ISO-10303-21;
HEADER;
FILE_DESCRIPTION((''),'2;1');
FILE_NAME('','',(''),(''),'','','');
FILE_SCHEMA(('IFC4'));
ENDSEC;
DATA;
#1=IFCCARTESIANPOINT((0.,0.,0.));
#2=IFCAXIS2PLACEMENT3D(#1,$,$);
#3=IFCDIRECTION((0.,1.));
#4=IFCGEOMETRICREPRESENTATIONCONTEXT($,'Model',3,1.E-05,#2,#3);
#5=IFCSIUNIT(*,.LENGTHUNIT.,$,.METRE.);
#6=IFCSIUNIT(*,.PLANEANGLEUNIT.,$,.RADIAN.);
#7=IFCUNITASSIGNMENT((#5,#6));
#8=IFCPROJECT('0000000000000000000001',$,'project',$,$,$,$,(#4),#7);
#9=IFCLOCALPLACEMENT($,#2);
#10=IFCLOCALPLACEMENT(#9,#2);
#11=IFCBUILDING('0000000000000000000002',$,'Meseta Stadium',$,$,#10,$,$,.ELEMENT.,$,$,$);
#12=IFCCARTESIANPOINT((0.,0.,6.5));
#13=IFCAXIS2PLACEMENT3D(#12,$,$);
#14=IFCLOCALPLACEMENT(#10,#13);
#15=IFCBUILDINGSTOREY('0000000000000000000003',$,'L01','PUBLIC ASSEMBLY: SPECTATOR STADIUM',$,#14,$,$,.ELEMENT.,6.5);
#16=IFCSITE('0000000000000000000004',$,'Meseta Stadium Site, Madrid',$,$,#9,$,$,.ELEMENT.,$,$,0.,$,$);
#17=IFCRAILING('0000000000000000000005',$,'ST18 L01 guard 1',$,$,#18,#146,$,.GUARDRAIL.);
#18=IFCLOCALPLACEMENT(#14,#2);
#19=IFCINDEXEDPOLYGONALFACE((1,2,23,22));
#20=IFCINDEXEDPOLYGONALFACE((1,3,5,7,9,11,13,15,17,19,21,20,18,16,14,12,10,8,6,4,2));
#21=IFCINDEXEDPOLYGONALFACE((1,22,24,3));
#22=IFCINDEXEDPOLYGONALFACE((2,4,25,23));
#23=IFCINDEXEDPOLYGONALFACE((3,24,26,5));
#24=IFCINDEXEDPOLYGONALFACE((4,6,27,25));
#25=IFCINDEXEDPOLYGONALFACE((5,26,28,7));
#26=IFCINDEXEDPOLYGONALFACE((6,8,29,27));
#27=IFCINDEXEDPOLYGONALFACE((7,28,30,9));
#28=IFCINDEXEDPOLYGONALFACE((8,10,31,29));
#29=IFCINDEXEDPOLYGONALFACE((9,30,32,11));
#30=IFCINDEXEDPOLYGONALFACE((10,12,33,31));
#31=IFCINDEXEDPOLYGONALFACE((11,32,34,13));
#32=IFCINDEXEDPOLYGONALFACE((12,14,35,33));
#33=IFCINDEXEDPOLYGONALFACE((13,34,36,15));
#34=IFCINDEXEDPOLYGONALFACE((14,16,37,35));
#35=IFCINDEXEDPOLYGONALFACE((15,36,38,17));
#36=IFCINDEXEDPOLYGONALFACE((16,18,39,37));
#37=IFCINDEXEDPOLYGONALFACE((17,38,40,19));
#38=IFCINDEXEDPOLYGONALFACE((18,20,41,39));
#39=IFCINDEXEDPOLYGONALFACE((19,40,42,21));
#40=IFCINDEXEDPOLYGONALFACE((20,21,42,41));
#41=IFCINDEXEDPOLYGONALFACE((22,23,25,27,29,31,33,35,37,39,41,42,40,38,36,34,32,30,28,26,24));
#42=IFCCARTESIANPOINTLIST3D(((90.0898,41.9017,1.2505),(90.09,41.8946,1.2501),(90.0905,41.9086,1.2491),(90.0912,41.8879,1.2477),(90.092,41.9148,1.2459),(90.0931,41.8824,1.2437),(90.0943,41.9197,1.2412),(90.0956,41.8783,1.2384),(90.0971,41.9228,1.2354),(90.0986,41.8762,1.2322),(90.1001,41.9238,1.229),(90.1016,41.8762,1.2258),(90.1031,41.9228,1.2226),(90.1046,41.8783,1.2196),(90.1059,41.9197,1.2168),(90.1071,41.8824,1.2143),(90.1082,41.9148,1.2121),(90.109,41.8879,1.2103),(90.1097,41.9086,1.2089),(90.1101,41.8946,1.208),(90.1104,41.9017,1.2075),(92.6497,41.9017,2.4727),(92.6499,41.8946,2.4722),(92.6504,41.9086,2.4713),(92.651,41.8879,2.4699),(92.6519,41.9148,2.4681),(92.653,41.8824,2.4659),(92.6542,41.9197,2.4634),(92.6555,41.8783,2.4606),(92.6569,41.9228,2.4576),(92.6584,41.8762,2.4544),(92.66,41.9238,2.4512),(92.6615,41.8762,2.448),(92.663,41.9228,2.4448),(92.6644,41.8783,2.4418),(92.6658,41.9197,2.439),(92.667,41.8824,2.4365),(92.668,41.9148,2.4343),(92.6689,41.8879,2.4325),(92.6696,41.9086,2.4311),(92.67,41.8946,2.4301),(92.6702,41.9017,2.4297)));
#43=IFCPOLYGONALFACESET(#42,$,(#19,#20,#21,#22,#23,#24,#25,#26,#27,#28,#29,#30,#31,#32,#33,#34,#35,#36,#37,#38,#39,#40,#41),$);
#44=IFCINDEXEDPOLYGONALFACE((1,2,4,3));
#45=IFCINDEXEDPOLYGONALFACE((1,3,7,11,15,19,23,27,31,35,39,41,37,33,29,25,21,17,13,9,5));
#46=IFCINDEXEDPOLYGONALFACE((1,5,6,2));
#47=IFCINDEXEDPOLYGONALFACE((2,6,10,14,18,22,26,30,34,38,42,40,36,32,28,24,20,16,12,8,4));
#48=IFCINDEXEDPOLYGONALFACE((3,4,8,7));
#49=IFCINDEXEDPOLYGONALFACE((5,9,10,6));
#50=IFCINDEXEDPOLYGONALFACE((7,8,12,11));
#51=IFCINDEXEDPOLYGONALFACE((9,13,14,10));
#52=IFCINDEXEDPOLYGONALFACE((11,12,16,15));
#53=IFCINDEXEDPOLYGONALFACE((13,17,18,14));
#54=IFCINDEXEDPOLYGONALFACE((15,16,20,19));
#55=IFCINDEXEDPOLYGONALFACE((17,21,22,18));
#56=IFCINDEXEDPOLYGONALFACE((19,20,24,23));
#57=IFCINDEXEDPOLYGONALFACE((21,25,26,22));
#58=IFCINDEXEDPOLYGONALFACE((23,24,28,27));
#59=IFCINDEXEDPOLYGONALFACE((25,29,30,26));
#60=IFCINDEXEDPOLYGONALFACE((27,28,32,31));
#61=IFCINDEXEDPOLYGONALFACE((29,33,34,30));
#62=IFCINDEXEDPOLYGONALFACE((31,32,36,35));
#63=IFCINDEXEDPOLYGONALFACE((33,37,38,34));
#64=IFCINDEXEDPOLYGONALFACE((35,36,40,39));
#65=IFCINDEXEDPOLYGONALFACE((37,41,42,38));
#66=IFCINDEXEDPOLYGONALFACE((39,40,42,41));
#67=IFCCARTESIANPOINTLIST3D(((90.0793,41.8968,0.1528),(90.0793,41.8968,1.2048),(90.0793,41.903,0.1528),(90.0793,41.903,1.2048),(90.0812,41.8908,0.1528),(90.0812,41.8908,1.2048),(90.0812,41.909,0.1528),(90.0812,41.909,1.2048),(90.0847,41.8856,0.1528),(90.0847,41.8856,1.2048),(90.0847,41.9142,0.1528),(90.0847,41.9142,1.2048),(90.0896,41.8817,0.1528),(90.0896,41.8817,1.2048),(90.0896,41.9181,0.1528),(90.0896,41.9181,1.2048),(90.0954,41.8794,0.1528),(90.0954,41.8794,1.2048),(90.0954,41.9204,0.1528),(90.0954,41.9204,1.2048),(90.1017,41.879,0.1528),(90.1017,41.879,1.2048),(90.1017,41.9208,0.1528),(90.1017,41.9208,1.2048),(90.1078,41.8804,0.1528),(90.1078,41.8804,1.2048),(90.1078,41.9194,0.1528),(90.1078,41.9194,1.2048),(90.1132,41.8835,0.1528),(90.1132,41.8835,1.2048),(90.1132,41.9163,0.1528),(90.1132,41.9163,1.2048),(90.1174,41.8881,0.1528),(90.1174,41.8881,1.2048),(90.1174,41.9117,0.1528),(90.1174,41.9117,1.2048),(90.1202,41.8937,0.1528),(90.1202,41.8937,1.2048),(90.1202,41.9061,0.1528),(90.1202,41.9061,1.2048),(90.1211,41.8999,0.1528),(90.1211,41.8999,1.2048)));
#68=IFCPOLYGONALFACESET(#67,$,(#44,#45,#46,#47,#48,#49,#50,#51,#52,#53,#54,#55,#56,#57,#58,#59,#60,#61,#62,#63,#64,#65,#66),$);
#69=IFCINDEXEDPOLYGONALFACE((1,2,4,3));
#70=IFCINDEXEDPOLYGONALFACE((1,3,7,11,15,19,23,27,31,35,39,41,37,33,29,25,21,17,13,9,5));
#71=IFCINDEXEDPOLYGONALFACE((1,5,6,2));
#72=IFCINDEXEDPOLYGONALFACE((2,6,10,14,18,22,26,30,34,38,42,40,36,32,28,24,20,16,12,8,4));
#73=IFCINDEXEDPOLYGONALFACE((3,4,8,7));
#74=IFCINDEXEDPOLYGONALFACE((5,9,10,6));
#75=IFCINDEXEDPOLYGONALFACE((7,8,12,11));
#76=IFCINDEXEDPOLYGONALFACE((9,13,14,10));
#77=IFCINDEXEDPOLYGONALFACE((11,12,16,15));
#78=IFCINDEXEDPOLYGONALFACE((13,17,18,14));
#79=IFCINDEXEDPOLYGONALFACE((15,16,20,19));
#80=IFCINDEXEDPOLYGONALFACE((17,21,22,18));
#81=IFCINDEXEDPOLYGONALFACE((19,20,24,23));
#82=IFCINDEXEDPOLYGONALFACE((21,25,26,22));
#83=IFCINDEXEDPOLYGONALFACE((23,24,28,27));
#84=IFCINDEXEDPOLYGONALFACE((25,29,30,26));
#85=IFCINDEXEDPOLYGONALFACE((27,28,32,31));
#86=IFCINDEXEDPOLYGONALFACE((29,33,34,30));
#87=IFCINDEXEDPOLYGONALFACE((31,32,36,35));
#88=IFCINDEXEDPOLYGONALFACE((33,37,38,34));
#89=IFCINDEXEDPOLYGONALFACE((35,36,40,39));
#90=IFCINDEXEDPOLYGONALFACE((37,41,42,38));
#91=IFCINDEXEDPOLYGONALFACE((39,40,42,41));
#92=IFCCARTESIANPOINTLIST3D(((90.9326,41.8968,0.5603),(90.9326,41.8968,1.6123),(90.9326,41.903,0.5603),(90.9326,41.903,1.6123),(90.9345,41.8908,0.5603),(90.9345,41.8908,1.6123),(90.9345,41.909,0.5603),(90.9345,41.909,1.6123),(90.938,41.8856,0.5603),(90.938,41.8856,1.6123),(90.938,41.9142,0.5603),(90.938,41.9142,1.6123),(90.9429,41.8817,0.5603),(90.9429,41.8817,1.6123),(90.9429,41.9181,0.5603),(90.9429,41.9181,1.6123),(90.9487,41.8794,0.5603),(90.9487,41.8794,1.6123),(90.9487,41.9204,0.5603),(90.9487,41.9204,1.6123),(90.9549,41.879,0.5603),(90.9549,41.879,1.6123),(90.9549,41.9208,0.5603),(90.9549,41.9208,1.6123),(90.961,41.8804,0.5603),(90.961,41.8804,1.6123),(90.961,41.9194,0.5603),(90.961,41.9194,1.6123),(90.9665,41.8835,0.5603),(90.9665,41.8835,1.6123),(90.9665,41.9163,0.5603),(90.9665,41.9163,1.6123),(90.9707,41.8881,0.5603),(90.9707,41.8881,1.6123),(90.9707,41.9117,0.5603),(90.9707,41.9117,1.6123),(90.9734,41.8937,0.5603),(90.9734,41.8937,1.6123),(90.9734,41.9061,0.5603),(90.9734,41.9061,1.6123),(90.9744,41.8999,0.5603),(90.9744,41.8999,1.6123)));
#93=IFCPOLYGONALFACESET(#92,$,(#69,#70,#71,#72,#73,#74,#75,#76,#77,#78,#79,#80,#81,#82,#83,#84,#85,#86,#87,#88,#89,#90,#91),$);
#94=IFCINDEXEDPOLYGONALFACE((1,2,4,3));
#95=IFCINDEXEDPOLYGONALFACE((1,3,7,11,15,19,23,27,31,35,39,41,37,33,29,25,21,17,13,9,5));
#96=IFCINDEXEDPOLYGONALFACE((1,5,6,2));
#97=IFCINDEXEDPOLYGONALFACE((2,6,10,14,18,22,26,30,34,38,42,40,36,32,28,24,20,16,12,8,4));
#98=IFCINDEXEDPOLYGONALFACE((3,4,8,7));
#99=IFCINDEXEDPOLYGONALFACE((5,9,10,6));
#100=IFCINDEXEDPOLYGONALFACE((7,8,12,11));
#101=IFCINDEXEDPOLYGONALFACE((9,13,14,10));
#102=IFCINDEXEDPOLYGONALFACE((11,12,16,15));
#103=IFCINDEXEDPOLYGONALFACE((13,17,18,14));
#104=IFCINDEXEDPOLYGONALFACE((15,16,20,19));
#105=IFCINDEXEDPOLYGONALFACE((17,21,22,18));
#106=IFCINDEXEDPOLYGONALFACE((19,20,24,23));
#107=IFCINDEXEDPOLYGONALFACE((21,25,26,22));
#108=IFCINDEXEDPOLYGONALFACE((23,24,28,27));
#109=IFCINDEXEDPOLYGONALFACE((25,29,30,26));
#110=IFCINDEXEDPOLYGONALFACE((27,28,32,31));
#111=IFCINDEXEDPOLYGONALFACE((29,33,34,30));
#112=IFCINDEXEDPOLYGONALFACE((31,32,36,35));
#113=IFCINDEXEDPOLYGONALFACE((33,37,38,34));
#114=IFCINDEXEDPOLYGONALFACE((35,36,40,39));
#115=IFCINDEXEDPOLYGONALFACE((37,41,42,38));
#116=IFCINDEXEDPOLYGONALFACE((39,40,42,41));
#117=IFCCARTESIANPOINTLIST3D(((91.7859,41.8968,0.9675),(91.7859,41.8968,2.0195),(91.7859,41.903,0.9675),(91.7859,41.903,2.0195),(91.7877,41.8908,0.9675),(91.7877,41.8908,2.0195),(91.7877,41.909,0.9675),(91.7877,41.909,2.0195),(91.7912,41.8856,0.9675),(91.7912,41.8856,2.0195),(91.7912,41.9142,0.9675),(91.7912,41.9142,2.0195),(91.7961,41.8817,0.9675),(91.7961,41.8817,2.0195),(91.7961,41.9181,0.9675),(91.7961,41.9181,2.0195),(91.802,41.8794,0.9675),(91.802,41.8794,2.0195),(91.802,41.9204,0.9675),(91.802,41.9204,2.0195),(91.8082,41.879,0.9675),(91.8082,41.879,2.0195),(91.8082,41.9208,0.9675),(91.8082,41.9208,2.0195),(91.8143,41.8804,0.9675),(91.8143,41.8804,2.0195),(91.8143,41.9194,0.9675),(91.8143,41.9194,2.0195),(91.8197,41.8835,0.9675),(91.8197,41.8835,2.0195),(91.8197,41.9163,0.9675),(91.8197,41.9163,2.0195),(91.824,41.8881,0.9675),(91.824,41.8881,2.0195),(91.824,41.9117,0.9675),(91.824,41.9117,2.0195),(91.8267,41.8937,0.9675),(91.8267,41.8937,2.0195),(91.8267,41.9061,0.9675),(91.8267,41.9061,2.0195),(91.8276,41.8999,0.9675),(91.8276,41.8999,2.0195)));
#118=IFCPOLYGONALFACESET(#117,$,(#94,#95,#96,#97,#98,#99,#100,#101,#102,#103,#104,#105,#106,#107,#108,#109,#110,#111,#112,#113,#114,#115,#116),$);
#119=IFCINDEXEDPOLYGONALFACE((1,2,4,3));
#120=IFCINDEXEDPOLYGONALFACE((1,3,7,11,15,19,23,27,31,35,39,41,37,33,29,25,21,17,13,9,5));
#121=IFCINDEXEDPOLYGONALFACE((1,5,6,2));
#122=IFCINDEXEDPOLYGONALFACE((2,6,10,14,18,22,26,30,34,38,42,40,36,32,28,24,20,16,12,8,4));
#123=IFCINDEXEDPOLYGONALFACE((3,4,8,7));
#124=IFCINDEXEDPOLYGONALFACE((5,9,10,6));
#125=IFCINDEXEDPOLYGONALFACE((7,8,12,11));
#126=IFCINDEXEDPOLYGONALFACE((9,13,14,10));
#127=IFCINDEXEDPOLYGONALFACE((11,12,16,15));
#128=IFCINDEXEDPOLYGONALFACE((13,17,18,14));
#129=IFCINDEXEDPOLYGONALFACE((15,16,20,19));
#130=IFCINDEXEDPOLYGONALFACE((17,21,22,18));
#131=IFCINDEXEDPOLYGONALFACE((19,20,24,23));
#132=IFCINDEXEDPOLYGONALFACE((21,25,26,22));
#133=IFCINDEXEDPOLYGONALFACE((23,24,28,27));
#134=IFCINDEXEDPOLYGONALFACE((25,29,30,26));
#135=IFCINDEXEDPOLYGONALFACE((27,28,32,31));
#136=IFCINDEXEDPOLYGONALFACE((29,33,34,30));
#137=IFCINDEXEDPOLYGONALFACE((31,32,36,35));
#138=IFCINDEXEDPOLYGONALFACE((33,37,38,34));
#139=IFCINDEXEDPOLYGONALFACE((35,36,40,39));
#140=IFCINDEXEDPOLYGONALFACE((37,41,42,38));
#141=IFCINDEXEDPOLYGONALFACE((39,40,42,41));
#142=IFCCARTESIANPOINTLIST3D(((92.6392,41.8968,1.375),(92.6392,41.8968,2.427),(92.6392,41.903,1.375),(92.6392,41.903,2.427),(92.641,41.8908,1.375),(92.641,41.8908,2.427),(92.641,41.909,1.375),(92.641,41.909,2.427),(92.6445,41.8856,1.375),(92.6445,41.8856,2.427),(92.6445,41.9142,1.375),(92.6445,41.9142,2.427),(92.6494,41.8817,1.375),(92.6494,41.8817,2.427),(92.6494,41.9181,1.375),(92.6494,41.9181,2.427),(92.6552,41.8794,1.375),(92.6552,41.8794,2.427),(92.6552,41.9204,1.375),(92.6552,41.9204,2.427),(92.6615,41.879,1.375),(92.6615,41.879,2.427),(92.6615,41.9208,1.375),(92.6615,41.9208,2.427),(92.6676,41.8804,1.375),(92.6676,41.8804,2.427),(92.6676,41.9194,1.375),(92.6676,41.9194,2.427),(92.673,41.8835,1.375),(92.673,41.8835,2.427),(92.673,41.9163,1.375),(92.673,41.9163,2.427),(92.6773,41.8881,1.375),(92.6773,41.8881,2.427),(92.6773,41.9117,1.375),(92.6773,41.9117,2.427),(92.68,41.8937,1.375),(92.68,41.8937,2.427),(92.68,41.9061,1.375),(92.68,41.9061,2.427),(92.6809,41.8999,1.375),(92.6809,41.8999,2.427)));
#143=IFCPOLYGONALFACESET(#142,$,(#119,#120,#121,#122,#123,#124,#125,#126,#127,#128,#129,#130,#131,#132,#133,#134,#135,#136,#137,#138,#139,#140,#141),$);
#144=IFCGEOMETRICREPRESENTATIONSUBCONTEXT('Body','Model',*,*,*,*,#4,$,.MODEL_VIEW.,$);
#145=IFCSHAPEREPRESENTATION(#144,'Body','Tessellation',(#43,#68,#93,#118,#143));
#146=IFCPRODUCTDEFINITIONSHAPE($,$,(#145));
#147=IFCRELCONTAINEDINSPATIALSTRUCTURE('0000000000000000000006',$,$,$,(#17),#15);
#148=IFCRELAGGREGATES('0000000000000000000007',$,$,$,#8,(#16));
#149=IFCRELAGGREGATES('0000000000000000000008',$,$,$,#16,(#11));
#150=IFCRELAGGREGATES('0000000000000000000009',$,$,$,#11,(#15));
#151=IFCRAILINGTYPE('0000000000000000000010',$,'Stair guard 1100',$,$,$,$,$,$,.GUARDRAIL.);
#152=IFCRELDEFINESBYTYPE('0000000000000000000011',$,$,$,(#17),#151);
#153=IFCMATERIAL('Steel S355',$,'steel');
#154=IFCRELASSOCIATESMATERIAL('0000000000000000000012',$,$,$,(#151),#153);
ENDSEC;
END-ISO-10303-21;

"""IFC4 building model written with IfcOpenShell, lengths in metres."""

from ifc_helpers import new_model, si_unit, direction, frame, origin, origin_2d, place, context, subcontext, project, spatial, circle, extrude, material, type_object, element, save


model = new_model("IFC4")

# Units and contexts
model_context = context("Model", 3, precision=1e-05, world=origin(), true_north=direction((0.0, 1.0)))
body_context = subcontext(model_context, "Body", "Model", "MODEL_VIEW")
ifc_project = project(units=[si_unit("LENGTHUNIT", "METRE"), si_unit("PLANEANGLEUNIT", "RADIAN")], contexts=[model_context])

# Site, building, storey
site_placement = place(None, origin())
site = spatial("IfcSite", under=ifc_project, at=site_placement, Name="Meseta Stadium Site, Madrid", CompositionType="ELEMENT", RefElevation=0.0)
building_placement = place(site_placement, origin())
building = spatial("IfcBuilding", under=site, at=building_placement, Name="Meseta Stadium", CompositionType="ELEMENT")
storey_placement = place(building_placement, frame((0.0, 0.0, 6.5)))
storey = spatial("IfcBuildingStorey", under=building, at=storey_placement, Name="L01", Description="PUBLIC ASSEMBLY: SPECTATOR STADIUM", CompositionType="ELEMENT", Elevation=6.5)

# Railing
ifc_material_1 = material(Name="Steel S355", Category="steel")
railing_type_1 = type_object("IfcRailingType", Name="Stair guard 1100", PredefinedType="GUARDRAIL", material=ifc_material_1)
railing_1_placement = place(storey_placement, frame((90.1001, 41.8999, 0.1528)))
element("IfcRailing", 1, at=railing_1_placement, inside=storey, type_object=railing_type_1, Name="ST18 L01 guard 1", PredefinedType="GUARDRAIL", context=body_context, shape_type="SweptSolid", body=[
    extrude(circle(Radius=0.0239, at=origin_2d()), frame((0.0, 0.0, 1.0762), z_axis=(0.902421, 0.0, 0.430855), x_axis=(0.0, 1.0, 0.0)), (0.0, 0.0, 1.0), 2.8367),
    extrude(circle(Radius=0.021, at=origin_2d()), origin(), (0.0, 0.0, 1.0), 1.052),
    extrude(circle(Radius=0.021, at=origin_2d()), frame((0.8533, 0.0, 0.4075)), (0.0, 0.0, 1.0), 1.052),
    extrude(circle(Radius=0.021, at=origin_2d()), frame((1.7065, 0.0, 0.8147)), (0.0, 0.0, 1.0), 1.052),
    extrude(circle(Radius=0.021, at=origin_2d()), frame((2.5598, 0.0, 1.2222)), (0.0, 0.0, 1.0), 1.052),
])

save(model, "model.ifc")
